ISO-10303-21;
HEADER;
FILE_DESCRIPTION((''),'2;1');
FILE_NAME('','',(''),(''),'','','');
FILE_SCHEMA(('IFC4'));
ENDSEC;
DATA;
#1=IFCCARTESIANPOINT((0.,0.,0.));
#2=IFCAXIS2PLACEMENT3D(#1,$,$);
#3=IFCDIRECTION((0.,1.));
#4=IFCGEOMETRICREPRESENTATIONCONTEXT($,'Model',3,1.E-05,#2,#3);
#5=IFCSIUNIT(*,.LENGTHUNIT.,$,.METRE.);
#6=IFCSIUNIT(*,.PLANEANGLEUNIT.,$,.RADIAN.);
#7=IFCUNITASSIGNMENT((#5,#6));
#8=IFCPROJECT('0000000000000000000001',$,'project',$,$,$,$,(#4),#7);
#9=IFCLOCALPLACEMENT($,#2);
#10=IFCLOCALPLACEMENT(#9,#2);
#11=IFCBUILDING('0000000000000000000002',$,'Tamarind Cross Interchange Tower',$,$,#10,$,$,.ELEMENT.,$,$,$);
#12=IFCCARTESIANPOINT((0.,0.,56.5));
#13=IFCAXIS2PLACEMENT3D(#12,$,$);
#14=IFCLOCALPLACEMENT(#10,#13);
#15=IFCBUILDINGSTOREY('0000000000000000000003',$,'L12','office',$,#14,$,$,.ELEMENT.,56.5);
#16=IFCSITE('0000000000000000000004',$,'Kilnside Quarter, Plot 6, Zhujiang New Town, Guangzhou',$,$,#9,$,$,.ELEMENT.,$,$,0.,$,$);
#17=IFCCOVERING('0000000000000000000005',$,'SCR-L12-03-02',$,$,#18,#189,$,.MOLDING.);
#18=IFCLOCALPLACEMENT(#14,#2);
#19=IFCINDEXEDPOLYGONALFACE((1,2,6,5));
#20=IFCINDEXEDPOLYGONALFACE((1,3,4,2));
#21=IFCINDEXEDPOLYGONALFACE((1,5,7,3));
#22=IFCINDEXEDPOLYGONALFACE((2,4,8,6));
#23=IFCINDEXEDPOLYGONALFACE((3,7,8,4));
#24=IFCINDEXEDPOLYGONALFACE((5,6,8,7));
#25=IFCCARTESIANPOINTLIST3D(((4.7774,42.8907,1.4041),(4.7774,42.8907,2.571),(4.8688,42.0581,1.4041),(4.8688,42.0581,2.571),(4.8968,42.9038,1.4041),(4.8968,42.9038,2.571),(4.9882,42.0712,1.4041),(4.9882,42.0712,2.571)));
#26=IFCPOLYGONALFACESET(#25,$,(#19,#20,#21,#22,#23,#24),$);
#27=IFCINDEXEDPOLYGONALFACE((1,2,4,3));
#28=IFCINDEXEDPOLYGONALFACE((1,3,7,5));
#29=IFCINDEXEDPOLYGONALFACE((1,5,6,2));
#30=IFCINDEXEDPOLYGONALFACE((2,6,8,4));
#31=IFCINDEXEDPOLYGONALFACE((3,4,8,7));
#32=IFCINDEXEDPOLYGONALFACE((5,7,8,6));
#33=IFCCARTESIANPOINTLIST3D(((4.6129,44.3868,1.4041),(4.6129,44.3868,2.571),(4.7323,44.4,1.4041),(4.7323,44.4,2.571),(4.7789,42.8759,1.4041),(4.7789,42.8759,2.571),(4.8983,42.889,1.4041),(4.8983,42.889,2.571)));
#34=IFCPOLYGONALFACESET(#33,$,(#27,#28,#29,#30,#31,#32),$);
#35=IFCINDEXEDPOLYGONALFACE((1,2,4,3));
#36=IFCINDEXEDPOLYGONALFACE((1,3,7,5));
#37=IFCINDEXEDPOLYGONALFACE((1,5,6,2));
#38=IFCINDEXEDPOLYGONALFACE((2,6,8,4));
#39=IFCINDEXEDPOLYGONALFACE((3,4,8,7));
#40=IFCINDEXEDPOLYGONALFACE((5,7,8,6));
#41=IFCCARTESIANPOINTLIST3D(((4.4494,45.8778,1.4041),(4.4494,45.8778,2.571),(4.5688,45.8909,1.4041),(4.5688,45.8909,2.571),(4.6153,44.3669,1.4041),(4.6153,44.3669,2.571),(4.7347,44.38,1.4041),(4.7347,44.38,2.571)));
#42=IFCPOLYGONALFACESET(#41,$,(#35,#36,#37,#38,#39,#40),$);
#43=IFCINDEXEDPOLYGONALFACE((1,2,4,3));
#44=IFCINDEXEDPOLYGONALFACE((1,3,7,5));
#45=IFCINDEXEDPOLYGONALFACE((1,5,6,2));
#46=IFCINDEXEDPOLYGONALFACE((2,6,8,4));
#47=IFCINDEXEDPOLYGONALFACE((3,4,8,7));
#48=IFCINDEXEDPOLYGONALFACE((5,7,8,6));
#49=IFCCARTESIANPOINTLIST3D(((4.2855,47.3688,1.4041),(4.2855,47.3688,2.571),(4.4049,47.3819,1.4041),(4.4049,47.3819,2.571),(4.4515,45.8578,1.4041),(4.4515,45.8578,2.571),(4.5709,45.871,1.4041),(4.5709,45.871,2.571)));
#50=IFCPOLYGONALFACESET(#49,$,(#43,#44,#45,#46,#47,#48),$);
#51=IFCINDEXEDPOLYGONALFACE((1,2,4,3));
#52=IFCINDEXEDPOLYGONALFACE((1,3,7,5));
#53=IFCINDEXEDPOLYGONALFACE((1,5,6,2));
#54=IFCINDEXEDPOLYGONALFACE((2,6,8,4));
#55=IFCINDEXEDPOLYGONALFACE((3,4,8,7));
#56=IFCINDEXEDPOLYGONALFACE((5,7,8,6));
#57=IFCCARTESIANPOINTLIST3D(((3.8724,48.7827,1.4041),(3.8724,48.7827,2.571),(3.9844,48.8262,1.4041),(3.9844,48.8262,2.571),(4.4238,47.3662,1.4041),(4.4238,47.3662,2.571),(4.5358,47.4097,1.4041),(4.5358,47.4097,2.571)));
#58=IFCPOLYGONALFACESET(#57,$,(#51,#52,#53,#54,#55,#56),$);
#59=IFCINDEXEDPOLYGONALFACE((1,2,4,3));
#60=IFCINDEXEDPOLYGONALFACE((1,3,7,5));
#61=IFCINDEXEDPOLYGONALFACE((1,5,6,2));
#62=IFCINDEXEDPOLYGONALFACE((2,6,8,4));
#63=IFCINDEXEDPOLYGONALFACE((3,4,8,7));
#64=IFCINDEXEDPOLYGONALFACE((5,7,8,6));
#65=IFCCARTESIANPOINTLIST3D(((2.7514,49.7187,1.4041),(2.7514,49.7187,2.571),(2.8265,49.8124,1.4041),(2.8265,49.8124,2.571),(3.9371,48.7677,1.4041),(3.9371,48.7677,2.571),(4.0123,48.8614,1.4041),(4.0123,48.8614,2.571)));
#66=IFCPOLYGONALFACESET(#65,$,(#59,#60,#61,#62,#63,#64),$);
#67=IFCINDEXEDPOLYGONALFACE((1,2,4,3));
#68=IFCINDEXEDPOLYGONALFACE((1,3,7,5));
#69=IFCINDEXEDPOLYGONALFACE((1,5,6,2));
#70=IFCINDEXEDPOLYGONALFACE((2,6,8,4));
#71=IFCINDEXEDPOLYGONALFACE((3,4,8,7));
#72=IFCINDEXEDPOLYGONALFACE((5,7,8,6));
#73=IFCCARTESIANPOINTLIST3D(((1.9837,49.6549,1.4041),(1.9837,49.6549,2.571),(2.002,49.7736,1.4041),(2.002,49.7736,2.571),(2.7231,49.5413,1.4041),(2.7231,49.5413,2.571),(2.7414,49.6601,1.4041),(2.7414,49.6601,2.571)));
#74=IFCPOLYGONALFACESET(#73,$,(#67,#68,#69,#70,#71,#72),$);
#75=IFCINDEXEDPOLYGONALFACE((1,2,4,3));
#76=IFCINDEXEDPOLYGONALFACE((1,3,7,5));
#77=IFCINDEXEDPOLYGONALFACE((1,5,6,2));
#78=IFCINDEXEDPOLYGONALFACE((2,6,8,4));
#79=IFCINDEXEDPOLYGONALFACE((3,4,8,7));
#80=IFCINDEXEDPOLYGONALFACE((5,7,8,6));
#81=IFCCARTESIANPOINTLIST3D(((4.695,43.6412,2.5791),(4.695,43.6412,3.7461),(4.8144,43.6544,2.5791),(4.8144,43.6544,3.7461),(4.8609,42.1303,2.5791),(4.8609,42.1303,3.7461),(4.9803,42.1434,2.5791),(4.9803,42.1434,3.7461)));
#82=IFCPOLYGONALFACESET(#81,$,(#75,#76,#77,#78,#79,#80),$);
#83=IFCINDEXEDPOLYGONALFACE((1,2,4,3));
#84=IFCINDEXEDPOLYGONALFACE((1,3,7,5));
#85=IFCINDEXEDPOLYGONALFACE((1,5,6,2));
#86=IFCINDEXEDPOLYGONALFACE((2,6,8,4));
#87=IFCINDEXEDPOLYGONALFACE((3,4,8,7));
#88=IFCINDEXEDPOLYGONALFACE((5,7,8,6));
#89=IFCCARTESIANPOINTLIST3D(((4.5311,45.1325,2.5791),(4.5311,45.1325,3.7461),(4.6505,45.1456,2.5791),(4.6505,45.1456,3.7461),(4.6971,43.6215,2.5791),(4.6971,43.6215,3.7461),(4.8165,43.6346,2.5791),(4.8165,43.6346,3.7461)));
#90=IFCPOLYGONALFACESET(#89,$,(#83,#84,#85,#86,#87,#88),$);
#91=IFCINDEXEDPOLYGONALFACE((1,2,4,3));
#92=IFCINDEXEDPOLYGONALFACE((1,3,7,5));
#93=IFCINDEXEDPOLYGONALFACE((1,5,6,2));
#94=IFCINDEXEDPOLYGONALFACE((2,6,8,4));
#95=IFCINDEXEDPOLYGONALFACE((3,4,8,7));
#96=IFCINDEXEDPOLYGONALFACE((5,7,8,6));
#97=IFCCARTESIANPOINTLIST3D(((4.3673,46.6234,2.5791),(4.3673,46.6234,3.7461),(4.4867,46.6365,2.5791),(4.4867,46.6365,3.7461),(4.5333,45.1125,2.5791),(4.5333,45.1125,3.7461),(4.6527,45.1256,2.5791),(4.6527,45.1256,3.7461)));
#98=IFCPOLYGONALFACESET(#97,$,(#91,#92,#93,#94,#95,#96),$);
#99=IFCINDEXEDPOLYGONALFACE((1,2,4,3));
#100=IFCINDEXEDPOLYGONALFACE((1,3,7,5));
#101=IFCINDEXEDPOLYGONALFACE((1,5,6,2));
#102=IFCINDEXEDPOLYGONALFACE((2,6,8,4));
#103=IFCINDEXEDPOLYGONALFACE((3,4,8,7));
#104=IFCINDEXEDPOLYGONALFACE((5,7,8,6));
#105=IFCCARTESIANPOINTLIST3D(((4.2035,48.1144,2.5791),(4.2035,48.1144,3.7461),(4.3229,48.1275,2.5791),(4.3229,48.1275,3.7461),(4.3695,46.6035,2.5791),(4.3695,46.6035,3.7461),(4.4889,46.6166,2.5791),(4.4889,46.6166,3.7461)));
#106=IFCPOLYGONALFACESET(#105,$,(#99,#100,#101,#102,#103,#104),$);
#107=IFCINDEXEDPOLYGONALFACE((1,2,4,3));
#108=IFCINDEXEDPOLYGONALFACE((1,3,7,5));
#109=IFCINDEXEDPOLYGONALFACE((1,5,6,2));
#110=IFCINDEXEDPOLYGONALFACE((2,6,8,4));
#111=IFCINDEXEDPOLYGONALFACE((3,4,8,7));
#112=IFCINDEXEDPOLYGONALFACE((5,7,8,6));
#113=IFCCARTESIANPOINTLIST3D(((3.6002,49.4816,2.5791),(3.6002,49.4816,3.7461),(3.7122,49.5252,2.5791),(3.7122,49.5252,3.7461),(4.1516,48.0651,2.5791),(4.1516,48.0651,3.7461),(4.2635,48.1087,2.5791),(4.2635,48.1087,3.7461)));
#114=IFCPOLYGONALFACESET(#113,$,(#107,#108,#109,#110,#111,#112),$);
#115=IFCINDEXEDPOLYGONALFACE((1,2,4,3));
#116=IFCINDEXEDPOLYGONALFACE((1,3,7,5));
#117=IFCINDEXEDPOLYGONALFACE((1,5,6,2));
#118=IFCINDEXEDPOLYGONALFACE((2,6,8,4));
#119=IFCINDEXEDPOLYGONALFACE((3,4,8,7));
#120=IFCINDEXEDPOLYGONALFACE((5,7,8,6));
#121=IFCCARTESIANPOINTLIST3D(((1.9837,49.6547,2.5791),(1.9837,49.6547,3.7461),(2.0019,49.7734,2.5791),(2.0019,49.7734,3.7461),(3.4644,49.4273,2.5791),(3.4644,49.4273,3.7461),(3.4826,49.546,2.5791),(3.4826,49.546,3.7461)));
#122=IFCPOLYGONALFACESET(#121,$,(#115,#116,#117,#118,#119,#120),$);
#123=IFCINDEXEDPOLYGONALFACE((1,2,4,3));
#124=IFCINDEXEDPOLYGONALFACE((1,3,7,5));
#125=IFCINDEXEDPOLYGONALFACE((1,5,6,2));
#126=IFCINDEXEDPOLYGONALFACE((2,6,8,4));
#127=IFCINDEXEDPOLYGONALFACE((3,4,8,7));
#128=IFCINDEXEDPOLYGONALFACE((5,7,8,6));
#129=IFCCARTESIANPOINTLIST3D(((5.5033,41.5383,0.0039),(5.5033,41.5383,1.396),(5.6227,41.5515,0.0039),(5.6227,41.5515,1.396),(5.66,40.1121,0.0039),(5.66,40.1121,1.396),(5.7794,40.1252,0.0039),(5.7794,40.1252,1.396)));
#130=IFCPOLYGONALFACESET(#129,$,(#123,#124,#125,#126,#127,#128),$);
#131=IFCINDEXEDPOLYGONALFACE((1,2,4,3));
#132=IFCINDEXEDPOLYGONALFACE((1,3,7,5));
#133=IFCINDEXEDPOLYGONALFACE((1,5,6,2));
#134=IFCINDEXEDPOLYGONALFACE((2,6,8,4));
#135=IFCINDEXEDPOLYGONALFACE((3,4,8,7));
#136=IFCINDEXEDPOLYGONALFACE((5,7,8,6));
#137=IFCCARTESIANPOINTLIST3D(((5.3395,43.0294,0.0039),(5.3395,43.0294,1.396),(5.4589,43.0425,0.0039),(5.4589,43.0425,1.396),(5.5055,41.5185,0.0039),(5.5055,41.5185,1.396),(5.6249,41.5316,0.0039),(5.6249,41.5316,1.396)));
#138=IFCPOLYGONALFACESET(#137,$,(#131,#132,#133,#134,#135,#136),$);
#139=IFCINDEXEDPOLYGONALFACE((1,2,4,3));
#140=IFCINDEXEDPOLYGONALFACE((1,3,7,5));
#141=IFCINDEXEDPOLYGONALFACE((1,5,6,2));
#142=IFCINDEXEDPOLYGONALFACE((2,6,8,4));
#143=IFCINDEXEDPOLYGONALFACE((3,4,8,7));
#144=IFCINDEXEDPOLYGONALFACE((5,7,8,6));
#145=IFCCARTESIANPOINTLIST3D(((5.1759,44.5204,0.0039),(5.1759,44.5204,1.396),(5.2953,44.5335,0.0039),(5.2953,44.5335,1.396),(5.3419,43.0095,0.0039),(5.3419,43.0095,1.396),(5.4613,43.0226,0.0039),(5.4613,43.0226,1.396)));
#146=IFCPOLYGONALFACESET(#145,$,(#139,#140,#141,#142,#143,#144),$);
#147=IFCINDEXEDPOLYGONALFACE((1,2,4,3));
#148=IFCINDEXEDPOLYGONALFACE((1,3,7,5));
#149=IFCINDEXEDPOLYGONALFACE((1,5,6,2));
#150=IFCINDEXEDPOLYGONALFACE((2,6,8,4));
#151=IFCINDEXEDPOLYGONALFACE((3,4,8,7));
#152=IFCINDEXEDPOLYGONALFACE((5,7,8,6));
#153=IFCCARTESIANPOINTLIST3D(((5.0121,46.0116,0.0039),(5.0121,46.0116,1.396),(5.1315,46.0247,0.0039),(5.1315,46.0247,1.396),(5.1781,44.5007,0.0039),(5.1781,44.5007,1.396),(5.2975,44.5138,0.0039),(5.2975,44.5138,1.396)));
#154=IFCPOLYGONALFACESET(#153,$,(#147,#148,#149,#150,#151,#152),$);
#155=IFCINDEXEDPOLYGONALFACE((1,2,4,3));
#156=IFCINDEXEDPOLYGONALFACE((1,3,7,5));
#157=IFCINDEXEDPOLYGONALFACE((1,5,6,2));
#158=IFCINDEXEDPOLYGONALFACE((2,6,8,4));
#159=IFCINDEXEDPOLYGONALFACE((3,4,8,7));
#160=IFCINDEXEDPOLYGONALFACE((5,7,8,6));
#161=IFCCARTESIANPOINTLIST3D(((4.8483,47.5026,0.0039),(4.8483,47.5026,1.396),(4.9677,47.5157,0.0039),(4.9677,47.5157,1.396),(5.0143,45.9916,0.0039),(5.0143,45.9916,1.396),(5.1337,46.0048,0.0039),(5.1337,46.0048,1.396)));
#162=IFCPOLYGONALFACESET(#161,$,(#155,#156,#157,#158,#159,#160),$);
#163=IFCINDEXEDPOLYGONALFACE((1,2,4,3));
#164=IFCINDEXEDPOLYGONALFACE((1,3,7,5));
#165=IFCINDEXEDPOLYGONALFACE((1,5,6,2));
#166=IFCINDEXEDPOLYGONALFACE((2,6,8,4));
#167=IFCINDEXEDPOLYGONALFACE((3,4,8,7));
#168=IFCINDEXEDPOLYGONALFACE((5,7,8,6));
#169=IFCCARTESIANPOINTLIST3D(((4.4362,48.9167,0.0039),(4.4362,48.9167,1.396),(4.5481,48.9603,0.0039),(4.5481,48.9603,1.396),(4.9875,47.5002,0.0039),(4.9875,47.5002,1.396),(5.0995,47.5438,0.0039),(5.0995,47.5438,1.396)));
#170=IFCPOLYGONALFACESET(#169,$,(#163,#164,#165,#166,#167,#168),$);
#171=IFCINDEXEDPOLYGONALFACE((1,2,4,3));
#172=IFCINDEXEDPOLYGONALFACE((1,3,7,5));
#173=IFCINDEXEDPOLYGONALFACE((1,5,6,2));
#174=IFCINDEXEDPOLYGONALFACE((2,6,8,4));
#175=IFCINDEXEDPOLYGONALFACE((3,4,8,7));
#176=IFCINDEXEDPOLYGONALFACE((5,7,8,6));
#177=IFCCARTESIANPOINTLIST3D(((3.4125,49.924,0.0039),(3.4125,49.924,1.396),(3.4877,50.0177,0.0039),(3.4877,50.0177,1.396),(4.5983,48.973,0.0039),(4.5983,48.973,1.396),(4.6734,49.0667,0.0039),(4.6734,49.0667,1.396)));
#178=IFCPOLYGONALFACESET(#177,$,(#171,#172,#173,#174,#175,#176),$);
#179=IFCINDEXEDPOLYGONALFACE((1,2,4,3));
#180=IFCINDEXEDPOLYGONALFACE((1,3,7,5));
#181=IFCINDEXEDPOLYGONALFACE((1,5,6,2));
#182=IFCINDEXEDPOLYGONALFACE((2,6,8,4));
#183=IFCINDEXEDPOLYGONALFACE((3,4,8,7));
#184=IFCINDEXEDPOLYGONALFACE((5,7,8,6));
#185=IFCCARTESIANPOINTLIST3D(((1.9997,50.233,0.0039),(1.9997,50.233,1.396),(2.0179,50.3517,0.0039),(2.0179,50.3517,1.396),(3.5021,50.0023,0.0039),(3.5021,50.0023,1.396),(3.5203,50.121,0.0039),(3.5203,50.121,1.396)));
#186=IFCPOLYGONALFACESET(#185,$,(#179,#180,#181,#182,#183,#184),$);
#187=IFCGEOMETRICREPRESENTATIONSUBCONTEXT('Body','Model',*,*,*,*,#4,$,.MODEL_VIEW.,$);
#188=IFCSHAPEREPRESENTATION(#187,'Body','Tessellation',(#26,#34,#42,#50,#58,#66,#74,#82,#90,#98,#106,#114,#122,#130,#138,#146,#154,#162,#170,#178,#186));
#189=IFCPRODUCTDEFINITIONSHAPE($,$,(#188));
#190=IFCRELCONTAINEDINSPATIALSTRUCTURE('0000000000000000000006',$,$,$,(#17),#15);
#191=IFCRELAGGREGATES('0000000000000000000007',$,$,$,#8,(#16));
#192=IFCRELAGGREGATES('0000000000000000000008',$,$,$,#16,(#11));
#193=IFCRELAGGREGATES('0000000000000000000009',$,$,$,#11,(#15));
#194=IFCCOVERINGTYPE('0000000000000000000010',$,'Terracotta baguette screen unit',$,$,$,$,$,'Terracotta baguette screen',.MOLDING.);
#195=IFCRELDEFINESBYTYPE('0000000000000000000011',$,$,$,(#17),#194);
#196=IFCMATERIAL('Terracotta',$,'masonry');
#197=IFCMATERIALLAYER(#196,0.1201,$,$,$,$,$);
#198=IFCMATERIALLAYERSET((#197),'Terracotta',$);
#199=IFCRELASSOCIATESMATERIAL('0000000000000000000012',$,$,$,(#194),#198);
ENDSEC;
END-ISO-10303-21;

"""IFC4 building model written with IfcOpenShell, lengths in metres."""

from ifc_helpers import new_model, si_unit, direction, frame, origin, origin_2d, place, context, subcontext, project, spatial, rectangle, extrude, material, layer, layer_set, type_object, element, save


model = new_model("IFC4")

# Units and contexts
model_context = context("Model", 3, precision=1e-05, world=origin(), true_north=direction((0.0, 1.0)))
body_context = subcontext(model_context, "Body", "Model", "MODEL_VIEW")
ifc_project = project(units=[si_unit("LENGTHUNIT", "METRE"), si_unit("PLANEANGLEUNIT", "RADIAN")], contexts=[model_context])

# Site, building, storey
site_placement = place(None, origin())
site = spatial("IfcSite", under=ifc_project, at=site_placement, Name="Kilnside Quarter, Plot 6, Zhujiang New Town, Guangzhou", CompositionType="ELEMENT", RefElevation=0.0)
building_placement = place(site_placement, origin())
building = spatial("IfcBuilding", under=site, at=building_placement, Name="Tamarind Cross Interchange Tower", CompositionType="ELEMENT")
storey_placement = place(building_placement, frame((0.0, 0.0, 56.5)))
storey = spatial("IfcBuildingStorey", under=building, at=storey_placement, Name="L12", Description="office", CompositionType="ELEMENT", Elevation=56.5)

# Covering
ifc_material_1 = material(Name="Terracotta", Category="masonry")
ifc_layer_1 = layer(ifc_material_1, 0.1201)
ifc_layer_set_1 = layer_set([ifc_layer_1], Name="Terracotta")
covering_type = type_object("IfcCoveringType", Name="Terracotta baguette screen unit", ElementType="Terracotta baguette screen", PredefinedType="MOLDING", material=ifc_layer_set_1)
covering_1_placement = place(storey_placement, origin())
element("IfcCovering", 1, at=covering_1_placement, inside=storey, type_object=covering_type, Name="SCR-L12-03-02", PredefinedType="MOLDING", context=body_context, shape_type="SweptSolid", body=[
    extrude(rectangle(XDim=0.8376, YDim=0.1201, at=origin_2d()), frame((4.8828, 42.481, 1.4041), z_axis=(0.0, 0.0, 1.0), x_axis=(-0.109193, 0.994021, 0.0)), (0.0, 0.0, 1.0), 1.167),
    extrude(rectangle(XDim=1.52, YDim=0.1201, at=origin_2d()), frame((4.7556, 43.6379, 1.4041), z_axis=(0.0, 0.0, 1.0), x_axis=(-0.109193, 0.994021, 0.0)), (0.0, 0.0, 1.0), 1.167),
    extrude(rectangle(XDim=1.52, YDim=0.1201, at=origin_2d()), frame((4.592, 45.1289, 1.4041), z_axis=(0.0, 0.0, 1.0), x_axis=(-0.109193, 0.994021, 0.0)), (0.0, 0.0, 1.0), 1.167),
    extrude(rectangle(XDim=1.52, YDim=0.1201, at=origin_2d()), frame((4.4282, 46.6199, 1.4041), z_axis=(0.0, 0.0, 1.0), x_axis=(-0.109193, 0.994021, 0.0)), (0.0, 0.0, 1.0), 1.167),
    extrude(rectangle(XDim=1.52, YDim=0.1201, at=origin_2d()), frame((4.2041, 48.0962, 1.4041), z_axis=(0.0, 0.0, 1.0), x_axis=(-0.362744, 0.931889, 0.0)), (0.0, 0.0, 1.0), 1.167),
    extrude(rectangle(XDim=1.52, YDim=0.1201, at=origin_2d()), frame((3.3818, 49.29, 1.4041), z_axis=(0.0, 0.0, 1.0), x_axis=(-0.78009, 0.625668, 0.0)), (0.0, 0.0, 1.0), 1.167),
    extrude(rectangle(XDim=0.748, YDim=0.1201, at=origin_2d()), frame((2.3625, 49.6575, 1.4041), z_axis=(0.0, 0.0, 1.0), x_axis=(-0.988411, 0.151799, 0.0)), (0.0, 0.0, 1.0), 1.167),
    extrude(rectangle(XDim=1.52, YDim=0.1201, at=origin_2d()), frame((4.8376, 42.8923, 2.5791), z_axis=(0.0, 0.0, 1.0), x_axis=(-0.109193, 0.994021, 0.0)), (0.0, 0.0, 1.0), 1.167),
    extrude(rectangle(XDim=1.52, YDim=0.1201, at=origin_2d()), frame((4.6738, 44.3835, 2.5791), z_axis=(0.0, 0.0, 1.0), x_axis=(-0.109193, 0.994021, 0.0)), (0.0, 0.0, 1.0), 1.167),
    extrude(rectangle(XDim=1.52, YDim=0.1201, at=origin_2d()), frame((4.51, 45.8745, 2.5791), z_axis=(0.0, 0.0, 1.0), x_axis=(-0.109193, 0.994021, 0.0)), (0.0, 0.0, 1.0), 1.167),
    extrude(rectangle(XDim=1.52, YDim=0.1201, at=origin_2d()), frame((4.3462, 47.3655, 2.5791), z_axis=(0.0, 0.0, 1.0), x_axis=(-0.109193, 0.994021, 0.0)), (0.0, 0.0, 1.0), 1.167),
    extrude(rectangle(XDim=1.52, YDim=0.1201, at=origin_2d()), frame((3.9319, 48.7952, 2.5791), z_axis=(0.0, 0.0, 1.0), x_axis=(-0.362744, 0.931889, 0.0)), (0.0, 0.0, 1.0), 1.167),
    extrude(rectangle(XDim=1.498, YDim=0.1201, at=origin_2d()), frame((2.7332, 49.6003, 2.5791), z_axis=(0.0, 0.0, 1.0), x_axis=(-0.988411, 0.151799, 0.0)), (0.0, 0.0, 1.0), 1.167),
    extrude(rectangle(XDim=1.4348, YDim=0.1201, at=origin_2d()), frame((5.6414, 40.8318, 0.0039), z_axis=(0.0, 0.0, 1.0), x_axis=(-0.109193, 0.994021, 0.0)), (0.0, 0.0, 1.0), 1.3921),
    extrude(rectangle(XDim=1.52, YDim=0.1201, at=origin_2d()), frame((5.4822, 42.2805, 0.0039), z_axis=(0.0, 0.0, 1.0), x_axis=(-0.109193, 0.994021, 0.0)), (0.0, 0.0, 1.0), 1.3921),
    extrude(rectangle(XDim=1.52, YDim=0.1201, at=origin_2d()), frame((5.3186, 43.7715, 0.0039), z_axis=(0.0, 0.0, 1.0), x_axis=(-0.109193, 0.994021, 0.0)), (0.0, 0.0, 1.0), 1.3921),
    extrude(rectangle(XDim=1.52, YDim=0.1201, at=origin_2d()), frame((5.1548, 45.2627, 0.0039), z_axis=(0.0, 0.0, 1.0), x_axis=(-0.109193, 0.994021, 0.0)), (0.0, 0.0, 1.0), 1.3921),
    extrude(rectangle(XDim=1.52, YDim=0.1201, at=origin_2d()), frame((4.991, 46.7537, 0.0039), z_axis=(0.0, 0.0, 1.0), x_axis=(-0.109193, 0.994021, 0.0)), (0.0, 0.0, 1.0), 1.3921),
    extrude(rectangle(XDim=1.52, YDim=0.1201, at=origin_2d()), frame((4.7678, 48.2302, 0.0039), z_axis=(0.0, 0.0, 1.0), x_axis=(-0.362744, 0.931889, 0.0)), (0.0, 0.0, 1.0), 1.3921),
    extrude(rectangle(XDim=1.52, YDim=0.1201, at=origin_2d()), frame((4.043, 49.4954, 0.0039), z_axis=(0.0, 0.0, 1.0), x_axis=(-0.78009, 0.625668, 0.0)), (0.0, 0.0, 1.0), 1.3921),
    extrude(rectangle(XDim=1.52, YDim=0.1201, at=origin_2d()), frame((2.76, 50.177, 0.0039), z_axis=(0.0, 0.0, 1.0), x_axis=(-0.988411, 0.151799, 0.0)), (0.0, 0.0, 1.0), 1.3921),
])

save(model, "model.ifc")
